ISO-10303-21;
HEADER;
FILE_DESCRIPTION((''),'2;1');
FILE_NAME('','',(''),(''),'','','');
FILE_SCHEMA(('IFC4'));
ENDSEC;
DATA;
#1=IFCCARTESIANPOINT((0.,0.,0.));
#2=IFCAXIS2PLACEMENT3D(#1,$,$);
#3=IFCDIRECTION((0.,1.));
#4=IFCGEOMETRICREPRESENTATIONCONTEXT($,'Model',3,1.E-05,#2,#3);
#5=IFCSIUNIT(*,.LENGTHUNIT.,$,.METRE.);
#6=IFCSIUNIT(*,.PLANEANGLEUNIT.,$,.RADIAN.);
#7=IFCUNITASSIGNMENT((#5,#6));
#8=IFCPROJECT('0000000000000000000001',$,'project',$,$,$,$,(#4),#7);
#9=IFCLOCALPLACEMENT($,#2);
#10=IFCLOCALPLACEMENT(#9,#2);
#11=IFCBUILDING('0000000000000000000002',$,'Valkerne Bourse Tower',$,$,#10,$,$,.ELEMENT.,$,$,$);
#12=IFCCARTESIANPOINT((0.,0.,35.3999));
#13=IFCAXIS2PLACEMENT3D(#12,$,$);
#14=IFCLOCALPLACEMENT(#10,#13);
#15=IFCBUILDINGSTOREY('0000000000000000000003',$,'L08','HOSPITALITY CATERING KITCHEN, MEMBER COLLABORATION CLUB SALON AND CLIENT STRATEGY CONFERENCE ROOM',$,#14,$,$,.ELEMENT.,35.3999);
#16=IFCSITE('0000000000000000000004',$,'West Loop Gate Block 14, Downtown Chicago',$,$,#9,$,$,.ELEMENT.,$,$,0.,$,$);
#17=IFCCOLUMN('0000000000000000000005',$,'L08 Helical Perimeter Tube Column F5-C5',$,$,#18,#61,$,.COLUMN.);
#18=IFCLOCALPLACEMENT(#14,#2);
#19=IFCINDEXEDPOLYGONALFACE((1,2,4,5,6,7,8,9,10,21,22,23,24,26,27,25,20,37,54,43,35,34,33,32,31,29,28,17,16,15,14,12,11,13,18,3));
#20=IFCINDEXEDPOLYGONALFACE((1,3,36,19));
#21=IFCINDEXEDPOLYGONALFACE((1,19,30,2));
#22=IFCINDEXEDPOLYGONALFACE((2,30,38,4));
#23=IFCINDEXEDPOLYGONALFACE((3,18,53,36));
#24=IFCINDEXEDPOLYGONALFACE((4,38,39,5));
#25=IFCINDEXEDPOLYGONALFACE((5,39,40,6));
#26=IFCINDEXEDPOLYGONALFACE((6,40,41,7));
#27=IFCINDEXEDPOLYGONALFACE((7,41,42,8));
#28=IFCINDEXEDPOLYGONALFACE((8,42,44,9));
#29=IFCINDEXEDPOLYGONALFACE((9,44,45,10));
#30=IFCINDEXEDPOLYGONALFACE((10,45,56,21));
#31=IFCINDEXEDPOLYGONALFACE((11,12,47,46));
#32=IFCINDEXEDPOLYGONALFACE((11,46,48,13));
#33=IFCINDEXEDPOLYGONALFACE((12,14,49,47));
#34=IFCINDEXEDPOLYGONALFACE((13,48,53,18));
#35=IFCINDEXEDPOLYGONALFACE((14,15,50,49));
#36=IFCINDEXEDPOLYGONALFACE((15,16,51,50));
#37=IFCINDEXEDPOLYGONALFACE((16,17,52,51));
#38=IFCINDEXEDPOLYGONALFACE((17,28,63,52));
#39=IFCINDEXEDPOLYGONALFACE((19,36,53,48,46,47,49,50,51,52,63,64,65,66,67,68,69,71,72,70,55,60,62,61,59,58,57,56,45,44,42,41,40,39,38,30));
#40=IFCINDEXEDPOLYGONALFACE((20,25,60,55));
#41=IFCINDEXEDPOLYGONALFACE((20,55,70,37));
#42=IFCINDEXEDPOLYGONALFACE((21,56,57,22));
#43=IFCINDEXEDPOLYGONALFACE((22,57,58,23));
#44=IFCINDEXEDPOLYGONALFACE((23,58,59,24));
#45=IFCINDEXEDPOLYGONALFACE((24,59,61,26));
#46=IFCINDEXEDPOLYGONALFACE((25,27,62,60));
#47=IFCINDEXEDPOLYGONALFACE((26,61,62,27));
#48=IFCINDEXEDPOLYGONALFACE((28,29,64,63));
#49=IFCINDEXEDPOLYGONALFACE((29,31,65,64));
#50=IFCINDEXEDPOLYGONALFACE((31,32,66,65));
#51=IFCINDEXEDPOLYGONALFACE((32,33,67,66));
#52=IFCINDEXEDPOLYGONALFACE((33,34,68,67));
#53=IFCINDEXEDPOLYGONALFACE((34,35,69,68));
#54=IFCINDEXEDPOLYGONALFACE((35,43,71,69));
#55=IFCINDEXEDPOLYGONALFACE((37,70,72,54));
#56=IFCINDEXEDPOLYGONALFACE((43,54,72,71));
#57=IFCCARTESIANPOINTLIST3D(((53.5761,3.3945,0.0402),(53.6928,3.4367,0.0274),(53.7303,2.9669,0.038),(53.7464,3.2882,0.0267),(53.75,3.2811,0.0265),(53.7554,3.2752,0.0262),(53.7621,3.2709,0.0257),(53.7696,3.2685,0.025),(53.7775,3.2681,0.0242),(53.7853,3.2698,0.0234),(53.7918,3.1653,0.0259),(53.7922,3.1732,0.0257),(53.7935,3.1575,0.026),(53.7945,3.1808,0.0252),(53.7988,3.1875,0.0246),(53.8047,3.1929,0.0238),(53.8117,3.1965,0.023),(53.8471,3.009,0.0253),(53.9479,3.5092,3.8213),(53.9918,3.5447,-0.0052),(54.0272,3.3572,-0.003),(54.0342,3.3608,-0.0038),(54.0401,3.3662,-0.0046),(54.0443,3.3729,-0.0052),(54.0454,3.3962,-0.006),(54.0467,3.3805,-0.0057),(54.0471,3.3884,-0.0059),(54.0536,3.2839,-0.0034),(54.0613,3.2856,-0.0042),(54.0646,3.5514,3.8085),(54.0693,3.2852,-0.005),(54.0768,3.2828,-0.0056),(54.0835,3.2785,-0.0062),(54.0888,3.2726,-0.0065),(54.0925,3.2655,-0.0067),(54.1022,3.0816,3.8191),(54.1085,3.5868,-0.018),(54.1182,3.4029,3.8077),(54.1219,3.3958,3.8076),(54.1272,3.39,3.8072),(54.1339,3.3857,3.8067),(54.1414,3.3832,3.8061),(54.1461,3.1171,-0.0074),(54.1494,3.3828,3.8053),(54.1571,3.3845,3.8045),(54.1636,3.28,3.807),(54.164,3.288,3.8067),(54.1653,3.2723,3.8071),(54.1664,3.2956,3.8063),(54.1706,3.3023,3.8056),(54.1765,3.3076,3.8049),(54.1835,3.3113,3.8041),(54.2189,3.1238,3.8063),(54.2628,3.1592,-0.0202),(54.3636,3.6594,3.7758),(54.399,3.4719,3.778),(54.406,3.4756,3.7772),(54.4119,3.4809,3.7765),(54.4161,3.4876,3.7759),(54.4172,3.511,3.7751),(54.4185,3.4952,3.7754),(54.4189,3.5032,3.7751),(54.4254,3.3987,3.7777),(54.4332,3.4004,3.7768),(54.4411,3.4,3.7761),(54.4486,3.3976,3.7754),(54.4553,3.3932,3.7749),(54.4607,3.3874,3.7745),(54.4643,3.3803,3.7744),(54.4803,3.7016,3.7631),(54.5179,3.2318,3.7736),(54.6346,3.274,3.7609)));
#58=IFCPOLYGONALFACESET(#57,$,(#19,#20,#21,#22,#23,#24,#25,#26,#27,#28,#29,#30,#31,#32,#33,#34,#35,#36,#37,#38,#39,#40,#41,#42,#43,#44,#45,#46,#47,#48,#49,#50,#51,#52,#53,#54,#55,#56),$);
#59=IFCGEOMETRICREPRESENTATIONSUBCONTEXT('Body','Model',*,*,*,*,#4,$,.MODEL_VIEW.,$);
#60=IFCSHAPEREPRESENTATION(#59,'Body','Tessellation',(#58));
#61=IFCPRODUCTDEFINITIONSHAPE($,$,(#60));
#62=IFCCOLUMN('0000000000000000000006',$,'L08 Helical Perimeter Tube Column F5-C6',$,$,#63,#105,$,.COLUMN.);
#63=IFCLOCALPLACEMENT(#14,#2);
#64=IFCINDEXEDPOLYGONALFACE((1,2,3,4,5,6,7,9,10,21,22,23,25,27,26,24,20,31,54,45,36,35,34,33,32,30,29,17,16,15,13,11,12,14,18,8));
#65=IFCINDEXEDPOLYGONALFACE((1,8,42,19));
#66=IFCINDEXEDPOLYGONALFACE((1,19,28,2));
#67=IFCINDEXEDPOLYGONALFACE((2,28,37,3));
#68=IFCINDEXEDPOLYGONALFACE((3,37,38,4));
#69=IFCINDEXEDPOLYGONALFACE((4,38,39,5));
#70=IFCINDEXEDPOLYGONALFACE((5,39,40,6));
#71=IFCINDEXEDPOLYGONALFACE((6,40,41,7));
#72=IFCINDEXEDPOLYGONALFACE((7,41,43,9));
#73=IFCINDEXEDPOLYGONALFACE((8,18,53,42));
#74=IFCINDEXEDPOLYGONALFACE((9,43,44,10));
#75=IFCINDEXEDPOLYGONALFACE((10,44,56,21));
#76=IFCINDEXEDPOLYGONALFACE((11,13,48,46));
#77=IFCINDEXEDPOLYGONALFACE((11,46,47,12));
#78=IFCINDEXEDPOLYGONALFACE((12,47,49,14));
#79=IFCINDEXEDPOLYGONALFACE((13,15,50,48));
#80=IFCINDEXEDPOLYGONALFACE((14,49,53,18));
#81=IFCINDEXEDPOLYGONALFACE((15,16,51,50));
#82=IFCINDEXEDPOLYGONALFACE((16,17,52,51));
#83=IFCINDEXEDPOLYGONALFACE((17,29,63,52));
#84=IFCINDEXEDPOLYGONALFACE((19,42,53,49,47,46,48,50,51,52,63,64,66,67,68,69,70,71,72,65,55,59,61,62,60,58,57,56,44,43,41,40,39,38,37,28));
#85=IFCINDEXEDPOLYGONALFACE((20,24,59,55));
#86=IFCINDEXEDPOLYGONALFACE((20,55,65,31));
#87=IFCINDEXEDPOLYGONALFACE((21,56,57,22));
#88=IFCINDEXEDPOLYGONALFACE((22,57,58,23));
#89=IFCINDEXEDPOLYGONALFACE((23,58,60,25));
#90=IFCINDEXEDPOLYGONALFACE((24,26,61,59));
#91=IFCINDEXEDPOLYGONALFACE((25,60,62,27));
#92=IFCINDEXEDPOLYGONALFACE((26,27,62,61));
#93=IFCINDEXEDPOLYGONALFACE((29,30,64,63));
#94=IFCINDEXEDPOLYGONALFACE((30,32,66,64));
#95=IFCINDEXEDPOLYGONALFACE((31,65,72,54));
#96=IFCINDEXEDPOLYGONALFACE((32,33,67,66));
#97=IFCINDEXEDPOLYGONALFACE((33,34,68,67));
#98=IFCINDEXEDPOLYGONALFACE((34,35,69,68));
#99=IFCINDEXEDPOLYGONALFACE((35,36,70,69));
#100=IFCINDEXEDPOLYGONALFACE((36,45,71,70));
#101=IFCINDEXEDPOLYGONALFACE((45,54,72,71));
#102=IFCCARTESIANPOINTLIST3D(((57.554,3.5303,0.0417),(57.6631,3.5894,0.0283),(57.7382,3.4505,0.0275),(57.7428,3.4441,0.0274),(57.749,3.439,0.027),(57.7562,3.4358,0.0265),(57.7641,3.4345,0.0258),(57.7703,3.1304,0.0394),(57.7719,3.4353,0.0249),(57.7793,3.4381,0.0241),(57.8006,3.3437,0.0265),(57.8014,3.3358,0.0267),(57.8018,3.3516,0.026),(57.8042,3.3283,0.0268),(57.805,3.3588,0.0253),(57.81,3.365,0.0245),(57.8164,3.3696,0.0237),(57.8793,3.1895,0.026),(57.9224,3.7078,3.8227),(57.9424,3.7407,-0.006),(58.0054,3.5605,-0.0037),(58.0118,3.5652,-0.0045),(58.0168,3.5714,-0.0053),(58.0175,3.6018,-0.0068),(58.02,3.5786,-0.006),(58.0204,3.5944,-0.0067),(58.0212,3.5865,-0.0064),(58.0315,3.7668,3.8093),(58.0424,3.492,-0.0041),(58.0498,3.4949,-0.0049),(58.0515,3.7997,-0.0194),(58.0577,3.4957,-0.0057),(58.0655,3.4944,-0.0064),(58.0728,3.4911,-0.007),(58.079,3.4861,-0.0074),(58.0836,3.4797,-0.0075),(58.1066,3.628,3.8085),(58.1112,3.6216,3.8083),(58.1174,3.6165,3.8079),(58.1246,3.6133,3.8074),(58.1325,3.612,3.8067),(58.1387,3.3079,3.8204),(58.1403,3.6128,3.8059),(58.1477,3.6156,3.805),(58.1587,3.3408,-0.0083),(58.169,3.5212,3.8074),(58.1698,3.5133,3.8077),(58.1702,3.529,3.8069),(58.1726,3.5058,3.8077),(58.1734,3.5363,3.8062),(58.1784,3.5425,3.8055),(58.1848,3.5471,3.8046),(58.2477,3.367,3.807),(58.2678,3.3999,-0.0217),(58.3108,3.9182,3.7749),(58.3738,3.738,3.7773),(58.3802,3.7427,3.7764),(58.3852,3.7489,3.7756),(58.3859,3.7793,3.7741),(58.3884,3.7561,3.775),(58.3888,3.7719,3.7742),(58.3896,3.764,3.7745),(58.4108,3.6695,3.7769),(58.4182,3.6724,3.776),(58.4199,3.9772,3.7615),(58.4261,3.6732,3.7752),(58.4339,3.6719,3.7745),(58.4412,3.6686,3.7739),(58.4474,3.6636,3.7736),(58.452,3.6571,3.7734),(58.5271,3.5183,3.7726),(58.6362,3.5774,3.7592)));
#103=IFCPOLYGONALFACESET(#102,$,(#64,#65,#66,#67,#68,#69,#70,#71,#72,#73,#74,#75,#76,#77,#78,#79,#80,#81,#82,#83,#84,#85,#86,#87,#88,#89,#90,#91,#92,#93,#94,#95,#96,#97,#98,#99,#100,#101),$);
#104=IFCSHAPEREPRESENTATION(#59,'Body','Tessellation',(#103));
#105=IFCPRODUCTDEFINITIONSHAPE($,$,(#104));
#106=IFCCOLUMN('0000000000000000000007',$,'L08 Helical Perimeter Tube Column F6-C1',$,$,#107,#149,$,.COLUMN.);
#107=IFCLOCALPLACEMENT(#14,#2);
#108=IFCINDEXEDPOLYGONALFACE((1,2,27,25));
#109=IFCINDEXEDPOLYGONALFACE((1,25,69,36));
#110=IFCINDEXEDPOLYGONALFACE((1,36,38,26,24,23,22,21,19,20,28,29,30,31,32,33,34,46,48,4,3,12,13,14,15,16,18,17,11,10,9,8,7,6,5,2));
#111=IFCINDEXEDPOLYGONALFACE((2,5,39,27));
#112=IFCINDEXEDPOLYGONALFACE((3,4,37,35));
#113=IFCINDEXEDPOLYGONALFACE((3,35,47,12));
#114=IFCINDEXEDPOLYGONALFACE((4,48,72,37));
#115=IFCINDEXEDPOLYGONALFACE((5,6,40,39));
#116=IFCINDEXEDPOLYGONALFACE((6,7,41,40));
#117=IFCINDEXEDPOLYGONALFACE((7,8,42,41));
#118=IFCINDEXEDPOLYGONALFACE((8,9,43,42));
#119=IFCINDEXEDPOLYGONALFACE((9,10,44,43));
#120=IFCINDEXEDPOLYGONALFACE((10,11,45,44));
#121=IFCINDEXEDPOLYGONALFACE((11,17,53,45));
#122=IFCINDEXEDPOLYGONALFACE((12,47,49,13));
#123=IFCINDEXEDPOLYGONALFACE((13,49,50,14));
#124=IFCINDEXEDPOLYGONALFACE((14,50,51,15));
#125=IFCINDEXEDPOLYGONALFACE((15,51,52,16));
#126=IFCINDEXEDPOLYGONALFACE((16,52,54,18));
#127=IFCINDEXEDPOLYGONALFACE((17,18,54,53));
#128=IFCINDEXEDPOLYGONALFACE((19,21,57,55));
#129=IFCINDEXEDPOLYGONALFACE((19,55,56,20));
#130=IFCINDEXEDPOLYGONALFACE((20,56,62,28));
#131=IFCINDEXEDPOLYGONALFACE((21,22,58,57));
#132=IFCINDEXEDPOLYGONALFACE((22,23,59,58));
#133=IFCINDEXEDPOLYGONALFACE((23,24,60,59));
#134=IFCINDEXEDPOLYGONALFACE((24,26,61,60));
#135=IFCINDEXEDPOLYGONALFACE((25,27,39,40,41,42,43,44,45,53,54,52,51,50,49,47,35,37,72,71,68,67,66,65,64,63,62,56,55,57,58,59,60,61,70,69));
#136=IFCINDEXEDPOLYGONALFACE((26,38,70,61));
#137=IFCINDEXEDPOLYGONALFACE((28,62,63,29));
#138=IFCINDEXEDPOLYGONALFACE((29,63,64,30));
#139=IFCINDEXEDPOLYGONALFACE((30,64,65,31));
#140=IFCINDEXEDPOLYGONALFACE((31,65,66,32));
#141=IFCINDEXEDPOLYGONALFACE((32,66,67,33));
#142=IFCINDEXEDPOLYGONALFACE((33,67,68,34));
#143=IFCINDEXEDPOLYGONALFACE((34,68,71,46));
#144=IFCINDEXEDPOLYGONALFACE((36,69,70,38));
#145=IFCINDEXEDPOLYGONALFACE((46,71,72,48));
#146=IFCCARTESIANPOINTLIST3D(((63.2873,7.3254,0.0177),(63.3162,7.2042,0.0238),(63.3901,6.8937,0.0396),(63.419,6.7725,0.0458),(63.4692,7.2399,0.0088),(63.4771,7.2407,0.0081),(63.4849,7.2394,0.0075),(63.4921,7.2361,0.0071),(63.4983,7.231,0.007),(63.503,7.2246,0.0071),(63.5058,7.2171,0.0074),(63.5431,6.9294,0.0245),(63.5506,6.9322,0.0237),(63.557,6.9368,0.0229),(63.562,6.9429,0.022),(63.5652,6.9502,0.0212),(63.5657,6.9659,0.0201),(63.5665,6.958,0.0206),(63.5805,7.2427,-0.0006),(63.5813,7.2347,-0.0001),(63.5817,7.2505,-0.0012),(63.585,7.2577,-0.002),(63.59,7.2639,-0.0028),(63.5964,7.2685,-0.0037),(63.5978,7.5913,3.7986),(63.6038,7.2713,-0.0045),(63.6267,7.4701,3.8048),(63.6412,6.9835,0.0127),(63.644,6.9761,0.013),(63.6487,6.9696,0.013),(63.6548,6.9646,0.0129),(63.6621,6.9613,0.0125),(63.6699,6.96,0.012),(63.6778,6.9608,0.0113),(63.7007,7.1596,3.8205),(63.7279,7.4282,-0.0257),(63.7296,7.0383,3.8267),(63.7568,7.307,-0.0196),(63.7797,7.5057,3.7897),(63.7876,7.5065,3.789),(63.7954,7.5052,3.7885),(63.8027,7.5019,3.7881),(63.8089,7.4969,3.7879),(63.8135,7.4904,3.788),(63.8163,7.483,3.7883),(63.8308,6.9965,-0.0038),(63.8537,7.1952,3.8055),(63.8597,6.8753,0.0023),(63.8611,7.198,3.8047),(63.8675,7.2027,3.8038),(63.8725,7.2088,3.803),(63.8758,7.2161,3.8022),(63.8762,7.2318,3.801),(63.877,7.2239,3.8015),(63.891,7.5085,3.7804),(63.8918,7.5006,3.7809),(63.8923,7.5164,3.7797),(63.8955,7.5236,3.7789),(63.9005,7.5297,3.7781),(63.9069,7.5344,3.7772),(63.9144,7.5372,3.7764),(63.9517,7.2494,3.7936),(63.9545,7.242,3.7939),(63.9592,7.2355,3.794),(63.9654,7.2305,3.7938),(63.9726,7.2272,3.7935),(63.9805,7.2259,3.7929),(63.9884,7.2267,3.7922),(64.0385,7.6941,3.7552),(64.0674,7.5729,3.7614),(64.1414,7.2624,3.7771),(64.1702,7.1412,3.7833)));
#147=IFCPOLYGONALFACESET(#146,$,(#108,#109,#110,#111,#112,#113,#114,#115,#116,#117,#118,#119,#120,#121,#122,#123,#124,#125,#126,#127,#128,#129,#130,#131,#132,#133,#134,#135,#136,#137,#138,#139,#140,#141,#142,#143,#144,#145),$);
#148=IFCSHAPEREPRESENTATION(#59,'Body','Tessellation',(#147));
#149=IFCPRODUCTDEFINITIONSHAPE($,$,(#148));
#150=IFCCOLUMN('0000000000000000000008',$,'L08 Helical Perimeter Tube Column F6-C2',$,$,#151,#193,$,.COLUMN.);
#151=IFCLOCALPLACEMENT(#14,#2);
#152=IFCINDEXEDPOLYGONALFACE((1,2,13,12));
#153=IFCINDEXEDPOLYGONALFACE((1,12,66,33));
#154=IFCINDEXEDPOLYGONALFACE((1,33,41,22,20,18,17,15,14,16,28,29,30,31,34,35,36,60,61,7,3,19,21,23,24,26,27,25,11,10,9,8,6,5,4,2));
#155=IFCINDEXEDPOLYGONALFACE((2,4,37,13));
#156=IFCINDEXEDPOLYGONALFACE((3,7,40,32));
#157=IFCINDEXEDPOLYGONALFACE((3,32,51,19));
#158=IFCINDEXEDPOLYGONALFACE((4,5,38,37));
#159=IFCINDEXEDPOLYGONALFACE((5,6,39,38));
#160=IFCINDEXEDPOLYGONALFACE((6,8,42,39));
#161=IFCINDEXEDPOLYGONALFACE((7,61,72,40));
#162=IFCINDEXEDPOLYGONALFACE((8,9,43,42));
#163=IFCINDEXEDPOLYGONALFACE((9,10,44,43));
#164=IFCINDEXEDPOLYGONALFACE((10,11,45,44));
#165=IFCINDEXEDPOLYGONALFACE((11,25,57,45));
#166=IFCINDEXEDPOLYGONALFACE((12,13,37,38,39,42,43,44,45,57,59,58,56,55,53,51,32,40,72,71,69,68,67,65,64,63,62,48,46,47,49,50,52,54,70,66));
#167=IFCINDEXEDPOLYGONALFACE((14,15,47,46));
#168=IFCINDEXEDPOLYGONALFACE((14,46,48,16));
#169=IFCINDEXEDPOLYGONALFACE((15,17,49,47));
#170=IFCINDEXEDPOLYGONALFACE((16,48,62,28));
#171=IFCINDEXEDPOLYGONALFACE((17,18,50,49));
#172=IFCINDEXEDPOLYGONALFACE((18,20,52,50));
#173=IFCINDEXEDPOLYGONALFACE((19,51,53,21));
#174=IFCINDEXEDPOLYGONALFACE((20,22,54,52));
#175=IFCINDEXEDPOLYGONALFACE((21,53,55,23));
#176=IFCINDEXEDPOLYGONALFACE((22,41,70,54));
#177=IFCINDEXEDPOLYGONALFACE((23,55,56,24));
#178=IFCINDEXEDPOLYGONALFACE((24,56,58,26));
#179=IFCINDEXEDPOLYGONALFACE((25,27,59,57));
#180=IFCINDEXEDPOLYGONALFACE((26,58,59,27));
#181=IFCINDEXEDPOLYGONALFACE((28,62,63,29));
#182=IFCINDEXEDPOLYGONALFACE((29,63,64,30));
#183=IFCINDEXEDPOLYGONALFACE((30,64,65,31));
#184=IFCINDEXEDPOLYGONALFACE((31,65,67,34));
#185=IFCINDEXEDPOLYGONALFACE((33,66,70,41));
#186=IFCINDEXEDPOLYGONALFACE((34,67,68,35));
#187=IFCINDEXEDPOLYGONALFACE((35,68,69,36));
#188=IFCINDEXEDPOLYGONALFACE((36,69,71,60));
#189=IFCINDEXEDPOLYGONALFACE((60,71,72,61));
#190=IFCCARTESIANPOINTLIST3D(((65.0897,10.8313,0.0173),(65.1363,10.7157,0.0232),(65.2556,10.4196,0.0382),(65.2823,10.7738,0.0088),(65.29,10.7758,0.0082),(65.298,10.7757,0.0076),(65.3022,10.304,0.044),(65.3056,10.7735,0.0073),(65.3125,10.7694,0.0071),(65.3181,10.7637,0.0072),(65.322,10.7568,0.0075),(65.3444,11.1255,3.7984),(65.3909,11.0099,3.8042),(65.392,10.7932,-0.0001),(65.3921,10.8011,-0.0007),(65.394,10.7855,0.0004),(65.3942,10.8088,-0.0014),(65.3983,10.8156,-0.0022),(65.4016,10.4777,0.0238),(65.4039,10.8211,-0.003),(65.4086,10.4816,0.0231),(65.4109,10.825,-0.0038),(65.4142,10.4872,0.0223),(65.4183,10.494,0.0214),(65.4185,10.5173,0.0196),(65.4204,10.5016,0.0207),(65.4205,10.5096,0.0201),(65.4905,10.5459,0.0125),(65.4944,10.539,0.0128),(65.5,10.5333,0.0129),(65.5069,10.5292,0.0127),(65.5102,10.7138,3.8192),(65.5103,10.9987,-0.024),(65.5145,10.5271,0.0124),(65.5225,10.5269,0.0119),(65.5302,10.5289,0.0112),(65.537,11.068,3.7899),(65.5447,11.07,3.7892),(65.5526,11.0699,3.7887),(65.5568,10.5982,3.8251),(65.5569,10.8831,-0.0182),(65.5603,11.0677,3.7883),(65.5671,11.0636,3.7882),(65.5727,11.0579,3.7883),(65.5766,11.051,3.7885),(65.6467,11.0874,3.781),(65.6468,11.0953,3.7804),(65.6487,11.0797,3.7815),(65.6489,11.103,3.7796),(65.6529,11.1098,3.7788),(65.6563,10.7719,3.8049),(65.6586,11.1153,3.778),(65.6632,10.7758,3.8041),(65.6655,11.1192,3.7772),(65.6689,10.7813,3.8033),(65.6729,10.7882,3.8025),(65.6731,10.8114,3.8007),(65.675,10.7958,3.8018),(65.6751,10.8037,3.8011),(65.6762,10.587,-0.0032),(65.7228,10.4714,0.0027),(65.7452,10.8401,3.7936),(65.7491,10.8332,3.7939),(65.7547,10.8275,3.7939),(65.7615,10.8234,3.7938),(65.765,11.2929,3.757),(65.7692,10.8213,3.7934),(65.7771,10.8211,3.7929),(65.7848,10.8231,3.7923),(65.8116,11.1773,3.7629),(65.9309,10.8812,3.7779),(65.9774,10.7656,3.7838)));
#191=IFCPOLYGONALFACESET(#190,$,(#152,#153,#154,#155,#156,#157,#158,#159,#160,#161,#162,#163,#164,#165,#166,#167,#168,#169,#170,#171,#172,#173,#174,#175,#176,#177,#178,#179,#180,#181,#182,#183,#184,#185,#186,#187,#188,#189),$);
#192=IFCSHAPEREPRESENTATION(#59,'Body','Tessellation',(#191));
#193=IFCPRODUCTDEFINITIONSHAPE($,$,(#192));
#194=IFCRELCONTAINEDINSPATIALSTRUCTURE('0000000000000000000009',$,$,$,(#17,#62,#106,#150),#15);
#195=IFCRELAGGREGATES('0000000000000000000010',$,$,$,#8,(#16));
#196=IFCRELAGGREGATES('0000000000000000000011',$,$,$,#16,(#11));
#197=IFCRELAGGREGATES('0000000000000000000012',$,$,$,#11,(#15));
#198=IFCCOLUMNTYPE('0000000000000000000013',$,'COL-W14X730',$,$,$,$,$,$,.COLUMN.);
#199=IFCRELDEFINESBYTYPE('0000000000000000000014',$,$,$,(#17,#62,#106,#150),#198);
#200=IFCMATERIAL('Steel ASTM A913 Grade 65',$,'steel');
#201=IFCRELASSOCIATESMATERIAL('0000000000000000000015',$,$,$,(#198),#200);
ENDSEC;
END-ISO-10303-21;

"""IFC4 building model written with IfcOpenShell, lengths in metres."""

from ifc_helpers import new_model, si_unit, direction, frame, origin, origin_2d, place, context, subcontext, project, spatial, i_section, extrude, material, material_profile, profile_set, type_object, element, save


model = new_model("IFC4")

# Units and contexts
model_context = context("Model", 3, precision=1e-05, world=origin(), true_north=direction((0.0, 1.0)))
body_context = subcontext(model_context, "Body", "Model", "MODEL_VIEW")
ifc_project = project(units=[si_unit("LENGTHUNIT", "METRE"), si_unit("PLANEANGLEUNIT", "RADIAN")], contexts=[model_context])

# Site, building, storey
site_placement = place(None, origin())
site = spatial("IfcSite", under=ifc_project, at=site_placement, Name="West Loop Gate Block 14, Downtown Chicago", CompositionType="ELEMENT", RefElevation=0.0)
building_placement = place(site_placement, origin())
building = spatial("IfcBuilding", under=site, at=building_placement, Name="Valkerne Bourse Tower", CompositionType="ELEMENT")
storey_placement = place(building_placement, frame((0.0, 0.0, 35.3999)))
storey = spatial("IfcBuildingStorey", under=building, at=storey_placement, Name="L08", Description="HOSPITALITY CATERING KITCHEN, MEMBER COLLABORATION CLUB SALON AND CLIENT STRATEGY CONFERENCE ROOM", CompositionType="ELEMENT", Elevation=35.3999)

# Columns
ifc_material_1 = material(Name="Steel ASTM A913 Grade 65", Category="steel")
ifc_material_profile_1 = material_profile(ifc_material_1, i_section(OverallWidth=0.4546, OverallDepth=0.5691, WebThickness=0.0779, FlangeThickness=0.1248, FilletRadius=0.0305, at=origin_2d()), Name="W14X730")
ifc_profile_set_1 = profile_set([ifc_material_profile_1], Name="Steel ASTM A913 Grade 65")
column_type = type_object("IfcColumnType", Name="COL-W14X730", PredefinedType="COLUMN", material=ifc_profile_set_1)
column_1_placement = place(storey_placement, frame((53.9194, 3.2769, 0.01), z_axis=(0.097824, 0.030189, 0.994746), x_axis=(-0.339327, 0.940656, 0.004823)))
element("IfcColumn", 1, at=column_1_placement, inside=storey, type_object=column_type, Name="L08 Helical Perimeter Tube Column F5-C5", PredefinedType="COLUMN", context=body_context, shape_type="SweptSolid", body=[
    extrude(i_section(OverallWidth=0.4546, OverallDepth=0.5691, WebThickness=0.0779, FlangeThickness=0.1248, FilletRadius=0.0305, at=origin_2d()), origin(), (0.0, 0.0, 1.0), 3.801),
])
for number, where, z_axis, x_axis, name in (
    (2, (57.9109, 3.4651, 0.01), (0.096872, 0.04667, 0.994202), (-0.475741, 0.879571, 0.005065), "L08 Helical Perimeter Tube Column F5-C6"),
    (3, (63.5735, 7.1003, 0.01), (0.081657, 0.06991, 0.994206), (-0.969396, -0.226156, 0.095522), "L08 Helical Perimeter Tube Column F6-C1"),
):
    element("IfcColumn", number, at=place(storey_placement, frame(where, z_axis=z_axis, x_axis=x_axis)), inside=storey, type_object=column_type, Name=name, PredefinedType="COLUMN", context=body_context, shape_type="SweptSolid", body=[
        extrude(i_section(OverallWidth=0.4546, OverallDepth=0.5691, WebThickness=0.0779, FlangeThickness=0.1248, FilletRadius=0.0305, at=origin_2d()), origin(), (0.0, 0.0, 1.0), 3.803),
    ])
column_2_placement = place(storey_placement, frame((65.4062, 10.6514, 0.01), z_axis=(0.066993, 0.077398, 0.994747), x_axis=(-0.925289, -0.368192, 0.090963)))
element("IfcColumn", 4, at=column_2_placement, inside=storey, type_object=column_type, Name="L08 Helical Perimeter Tube Column F6-C2", PredefinedType="COLUMN", context=body_context, shape_type="SweptSolid", body=[
    extrude(i_section(OverallWidth=0.4546, OverallDepth=0.5691, WebThickness=0.0779, FlangeThickness=0.1248, FilletRadius=0.0305, at=origin_2d()), origin(), (0.0, 0.0, 1.0), 3.801),
])

save(model, "model.ifc")
